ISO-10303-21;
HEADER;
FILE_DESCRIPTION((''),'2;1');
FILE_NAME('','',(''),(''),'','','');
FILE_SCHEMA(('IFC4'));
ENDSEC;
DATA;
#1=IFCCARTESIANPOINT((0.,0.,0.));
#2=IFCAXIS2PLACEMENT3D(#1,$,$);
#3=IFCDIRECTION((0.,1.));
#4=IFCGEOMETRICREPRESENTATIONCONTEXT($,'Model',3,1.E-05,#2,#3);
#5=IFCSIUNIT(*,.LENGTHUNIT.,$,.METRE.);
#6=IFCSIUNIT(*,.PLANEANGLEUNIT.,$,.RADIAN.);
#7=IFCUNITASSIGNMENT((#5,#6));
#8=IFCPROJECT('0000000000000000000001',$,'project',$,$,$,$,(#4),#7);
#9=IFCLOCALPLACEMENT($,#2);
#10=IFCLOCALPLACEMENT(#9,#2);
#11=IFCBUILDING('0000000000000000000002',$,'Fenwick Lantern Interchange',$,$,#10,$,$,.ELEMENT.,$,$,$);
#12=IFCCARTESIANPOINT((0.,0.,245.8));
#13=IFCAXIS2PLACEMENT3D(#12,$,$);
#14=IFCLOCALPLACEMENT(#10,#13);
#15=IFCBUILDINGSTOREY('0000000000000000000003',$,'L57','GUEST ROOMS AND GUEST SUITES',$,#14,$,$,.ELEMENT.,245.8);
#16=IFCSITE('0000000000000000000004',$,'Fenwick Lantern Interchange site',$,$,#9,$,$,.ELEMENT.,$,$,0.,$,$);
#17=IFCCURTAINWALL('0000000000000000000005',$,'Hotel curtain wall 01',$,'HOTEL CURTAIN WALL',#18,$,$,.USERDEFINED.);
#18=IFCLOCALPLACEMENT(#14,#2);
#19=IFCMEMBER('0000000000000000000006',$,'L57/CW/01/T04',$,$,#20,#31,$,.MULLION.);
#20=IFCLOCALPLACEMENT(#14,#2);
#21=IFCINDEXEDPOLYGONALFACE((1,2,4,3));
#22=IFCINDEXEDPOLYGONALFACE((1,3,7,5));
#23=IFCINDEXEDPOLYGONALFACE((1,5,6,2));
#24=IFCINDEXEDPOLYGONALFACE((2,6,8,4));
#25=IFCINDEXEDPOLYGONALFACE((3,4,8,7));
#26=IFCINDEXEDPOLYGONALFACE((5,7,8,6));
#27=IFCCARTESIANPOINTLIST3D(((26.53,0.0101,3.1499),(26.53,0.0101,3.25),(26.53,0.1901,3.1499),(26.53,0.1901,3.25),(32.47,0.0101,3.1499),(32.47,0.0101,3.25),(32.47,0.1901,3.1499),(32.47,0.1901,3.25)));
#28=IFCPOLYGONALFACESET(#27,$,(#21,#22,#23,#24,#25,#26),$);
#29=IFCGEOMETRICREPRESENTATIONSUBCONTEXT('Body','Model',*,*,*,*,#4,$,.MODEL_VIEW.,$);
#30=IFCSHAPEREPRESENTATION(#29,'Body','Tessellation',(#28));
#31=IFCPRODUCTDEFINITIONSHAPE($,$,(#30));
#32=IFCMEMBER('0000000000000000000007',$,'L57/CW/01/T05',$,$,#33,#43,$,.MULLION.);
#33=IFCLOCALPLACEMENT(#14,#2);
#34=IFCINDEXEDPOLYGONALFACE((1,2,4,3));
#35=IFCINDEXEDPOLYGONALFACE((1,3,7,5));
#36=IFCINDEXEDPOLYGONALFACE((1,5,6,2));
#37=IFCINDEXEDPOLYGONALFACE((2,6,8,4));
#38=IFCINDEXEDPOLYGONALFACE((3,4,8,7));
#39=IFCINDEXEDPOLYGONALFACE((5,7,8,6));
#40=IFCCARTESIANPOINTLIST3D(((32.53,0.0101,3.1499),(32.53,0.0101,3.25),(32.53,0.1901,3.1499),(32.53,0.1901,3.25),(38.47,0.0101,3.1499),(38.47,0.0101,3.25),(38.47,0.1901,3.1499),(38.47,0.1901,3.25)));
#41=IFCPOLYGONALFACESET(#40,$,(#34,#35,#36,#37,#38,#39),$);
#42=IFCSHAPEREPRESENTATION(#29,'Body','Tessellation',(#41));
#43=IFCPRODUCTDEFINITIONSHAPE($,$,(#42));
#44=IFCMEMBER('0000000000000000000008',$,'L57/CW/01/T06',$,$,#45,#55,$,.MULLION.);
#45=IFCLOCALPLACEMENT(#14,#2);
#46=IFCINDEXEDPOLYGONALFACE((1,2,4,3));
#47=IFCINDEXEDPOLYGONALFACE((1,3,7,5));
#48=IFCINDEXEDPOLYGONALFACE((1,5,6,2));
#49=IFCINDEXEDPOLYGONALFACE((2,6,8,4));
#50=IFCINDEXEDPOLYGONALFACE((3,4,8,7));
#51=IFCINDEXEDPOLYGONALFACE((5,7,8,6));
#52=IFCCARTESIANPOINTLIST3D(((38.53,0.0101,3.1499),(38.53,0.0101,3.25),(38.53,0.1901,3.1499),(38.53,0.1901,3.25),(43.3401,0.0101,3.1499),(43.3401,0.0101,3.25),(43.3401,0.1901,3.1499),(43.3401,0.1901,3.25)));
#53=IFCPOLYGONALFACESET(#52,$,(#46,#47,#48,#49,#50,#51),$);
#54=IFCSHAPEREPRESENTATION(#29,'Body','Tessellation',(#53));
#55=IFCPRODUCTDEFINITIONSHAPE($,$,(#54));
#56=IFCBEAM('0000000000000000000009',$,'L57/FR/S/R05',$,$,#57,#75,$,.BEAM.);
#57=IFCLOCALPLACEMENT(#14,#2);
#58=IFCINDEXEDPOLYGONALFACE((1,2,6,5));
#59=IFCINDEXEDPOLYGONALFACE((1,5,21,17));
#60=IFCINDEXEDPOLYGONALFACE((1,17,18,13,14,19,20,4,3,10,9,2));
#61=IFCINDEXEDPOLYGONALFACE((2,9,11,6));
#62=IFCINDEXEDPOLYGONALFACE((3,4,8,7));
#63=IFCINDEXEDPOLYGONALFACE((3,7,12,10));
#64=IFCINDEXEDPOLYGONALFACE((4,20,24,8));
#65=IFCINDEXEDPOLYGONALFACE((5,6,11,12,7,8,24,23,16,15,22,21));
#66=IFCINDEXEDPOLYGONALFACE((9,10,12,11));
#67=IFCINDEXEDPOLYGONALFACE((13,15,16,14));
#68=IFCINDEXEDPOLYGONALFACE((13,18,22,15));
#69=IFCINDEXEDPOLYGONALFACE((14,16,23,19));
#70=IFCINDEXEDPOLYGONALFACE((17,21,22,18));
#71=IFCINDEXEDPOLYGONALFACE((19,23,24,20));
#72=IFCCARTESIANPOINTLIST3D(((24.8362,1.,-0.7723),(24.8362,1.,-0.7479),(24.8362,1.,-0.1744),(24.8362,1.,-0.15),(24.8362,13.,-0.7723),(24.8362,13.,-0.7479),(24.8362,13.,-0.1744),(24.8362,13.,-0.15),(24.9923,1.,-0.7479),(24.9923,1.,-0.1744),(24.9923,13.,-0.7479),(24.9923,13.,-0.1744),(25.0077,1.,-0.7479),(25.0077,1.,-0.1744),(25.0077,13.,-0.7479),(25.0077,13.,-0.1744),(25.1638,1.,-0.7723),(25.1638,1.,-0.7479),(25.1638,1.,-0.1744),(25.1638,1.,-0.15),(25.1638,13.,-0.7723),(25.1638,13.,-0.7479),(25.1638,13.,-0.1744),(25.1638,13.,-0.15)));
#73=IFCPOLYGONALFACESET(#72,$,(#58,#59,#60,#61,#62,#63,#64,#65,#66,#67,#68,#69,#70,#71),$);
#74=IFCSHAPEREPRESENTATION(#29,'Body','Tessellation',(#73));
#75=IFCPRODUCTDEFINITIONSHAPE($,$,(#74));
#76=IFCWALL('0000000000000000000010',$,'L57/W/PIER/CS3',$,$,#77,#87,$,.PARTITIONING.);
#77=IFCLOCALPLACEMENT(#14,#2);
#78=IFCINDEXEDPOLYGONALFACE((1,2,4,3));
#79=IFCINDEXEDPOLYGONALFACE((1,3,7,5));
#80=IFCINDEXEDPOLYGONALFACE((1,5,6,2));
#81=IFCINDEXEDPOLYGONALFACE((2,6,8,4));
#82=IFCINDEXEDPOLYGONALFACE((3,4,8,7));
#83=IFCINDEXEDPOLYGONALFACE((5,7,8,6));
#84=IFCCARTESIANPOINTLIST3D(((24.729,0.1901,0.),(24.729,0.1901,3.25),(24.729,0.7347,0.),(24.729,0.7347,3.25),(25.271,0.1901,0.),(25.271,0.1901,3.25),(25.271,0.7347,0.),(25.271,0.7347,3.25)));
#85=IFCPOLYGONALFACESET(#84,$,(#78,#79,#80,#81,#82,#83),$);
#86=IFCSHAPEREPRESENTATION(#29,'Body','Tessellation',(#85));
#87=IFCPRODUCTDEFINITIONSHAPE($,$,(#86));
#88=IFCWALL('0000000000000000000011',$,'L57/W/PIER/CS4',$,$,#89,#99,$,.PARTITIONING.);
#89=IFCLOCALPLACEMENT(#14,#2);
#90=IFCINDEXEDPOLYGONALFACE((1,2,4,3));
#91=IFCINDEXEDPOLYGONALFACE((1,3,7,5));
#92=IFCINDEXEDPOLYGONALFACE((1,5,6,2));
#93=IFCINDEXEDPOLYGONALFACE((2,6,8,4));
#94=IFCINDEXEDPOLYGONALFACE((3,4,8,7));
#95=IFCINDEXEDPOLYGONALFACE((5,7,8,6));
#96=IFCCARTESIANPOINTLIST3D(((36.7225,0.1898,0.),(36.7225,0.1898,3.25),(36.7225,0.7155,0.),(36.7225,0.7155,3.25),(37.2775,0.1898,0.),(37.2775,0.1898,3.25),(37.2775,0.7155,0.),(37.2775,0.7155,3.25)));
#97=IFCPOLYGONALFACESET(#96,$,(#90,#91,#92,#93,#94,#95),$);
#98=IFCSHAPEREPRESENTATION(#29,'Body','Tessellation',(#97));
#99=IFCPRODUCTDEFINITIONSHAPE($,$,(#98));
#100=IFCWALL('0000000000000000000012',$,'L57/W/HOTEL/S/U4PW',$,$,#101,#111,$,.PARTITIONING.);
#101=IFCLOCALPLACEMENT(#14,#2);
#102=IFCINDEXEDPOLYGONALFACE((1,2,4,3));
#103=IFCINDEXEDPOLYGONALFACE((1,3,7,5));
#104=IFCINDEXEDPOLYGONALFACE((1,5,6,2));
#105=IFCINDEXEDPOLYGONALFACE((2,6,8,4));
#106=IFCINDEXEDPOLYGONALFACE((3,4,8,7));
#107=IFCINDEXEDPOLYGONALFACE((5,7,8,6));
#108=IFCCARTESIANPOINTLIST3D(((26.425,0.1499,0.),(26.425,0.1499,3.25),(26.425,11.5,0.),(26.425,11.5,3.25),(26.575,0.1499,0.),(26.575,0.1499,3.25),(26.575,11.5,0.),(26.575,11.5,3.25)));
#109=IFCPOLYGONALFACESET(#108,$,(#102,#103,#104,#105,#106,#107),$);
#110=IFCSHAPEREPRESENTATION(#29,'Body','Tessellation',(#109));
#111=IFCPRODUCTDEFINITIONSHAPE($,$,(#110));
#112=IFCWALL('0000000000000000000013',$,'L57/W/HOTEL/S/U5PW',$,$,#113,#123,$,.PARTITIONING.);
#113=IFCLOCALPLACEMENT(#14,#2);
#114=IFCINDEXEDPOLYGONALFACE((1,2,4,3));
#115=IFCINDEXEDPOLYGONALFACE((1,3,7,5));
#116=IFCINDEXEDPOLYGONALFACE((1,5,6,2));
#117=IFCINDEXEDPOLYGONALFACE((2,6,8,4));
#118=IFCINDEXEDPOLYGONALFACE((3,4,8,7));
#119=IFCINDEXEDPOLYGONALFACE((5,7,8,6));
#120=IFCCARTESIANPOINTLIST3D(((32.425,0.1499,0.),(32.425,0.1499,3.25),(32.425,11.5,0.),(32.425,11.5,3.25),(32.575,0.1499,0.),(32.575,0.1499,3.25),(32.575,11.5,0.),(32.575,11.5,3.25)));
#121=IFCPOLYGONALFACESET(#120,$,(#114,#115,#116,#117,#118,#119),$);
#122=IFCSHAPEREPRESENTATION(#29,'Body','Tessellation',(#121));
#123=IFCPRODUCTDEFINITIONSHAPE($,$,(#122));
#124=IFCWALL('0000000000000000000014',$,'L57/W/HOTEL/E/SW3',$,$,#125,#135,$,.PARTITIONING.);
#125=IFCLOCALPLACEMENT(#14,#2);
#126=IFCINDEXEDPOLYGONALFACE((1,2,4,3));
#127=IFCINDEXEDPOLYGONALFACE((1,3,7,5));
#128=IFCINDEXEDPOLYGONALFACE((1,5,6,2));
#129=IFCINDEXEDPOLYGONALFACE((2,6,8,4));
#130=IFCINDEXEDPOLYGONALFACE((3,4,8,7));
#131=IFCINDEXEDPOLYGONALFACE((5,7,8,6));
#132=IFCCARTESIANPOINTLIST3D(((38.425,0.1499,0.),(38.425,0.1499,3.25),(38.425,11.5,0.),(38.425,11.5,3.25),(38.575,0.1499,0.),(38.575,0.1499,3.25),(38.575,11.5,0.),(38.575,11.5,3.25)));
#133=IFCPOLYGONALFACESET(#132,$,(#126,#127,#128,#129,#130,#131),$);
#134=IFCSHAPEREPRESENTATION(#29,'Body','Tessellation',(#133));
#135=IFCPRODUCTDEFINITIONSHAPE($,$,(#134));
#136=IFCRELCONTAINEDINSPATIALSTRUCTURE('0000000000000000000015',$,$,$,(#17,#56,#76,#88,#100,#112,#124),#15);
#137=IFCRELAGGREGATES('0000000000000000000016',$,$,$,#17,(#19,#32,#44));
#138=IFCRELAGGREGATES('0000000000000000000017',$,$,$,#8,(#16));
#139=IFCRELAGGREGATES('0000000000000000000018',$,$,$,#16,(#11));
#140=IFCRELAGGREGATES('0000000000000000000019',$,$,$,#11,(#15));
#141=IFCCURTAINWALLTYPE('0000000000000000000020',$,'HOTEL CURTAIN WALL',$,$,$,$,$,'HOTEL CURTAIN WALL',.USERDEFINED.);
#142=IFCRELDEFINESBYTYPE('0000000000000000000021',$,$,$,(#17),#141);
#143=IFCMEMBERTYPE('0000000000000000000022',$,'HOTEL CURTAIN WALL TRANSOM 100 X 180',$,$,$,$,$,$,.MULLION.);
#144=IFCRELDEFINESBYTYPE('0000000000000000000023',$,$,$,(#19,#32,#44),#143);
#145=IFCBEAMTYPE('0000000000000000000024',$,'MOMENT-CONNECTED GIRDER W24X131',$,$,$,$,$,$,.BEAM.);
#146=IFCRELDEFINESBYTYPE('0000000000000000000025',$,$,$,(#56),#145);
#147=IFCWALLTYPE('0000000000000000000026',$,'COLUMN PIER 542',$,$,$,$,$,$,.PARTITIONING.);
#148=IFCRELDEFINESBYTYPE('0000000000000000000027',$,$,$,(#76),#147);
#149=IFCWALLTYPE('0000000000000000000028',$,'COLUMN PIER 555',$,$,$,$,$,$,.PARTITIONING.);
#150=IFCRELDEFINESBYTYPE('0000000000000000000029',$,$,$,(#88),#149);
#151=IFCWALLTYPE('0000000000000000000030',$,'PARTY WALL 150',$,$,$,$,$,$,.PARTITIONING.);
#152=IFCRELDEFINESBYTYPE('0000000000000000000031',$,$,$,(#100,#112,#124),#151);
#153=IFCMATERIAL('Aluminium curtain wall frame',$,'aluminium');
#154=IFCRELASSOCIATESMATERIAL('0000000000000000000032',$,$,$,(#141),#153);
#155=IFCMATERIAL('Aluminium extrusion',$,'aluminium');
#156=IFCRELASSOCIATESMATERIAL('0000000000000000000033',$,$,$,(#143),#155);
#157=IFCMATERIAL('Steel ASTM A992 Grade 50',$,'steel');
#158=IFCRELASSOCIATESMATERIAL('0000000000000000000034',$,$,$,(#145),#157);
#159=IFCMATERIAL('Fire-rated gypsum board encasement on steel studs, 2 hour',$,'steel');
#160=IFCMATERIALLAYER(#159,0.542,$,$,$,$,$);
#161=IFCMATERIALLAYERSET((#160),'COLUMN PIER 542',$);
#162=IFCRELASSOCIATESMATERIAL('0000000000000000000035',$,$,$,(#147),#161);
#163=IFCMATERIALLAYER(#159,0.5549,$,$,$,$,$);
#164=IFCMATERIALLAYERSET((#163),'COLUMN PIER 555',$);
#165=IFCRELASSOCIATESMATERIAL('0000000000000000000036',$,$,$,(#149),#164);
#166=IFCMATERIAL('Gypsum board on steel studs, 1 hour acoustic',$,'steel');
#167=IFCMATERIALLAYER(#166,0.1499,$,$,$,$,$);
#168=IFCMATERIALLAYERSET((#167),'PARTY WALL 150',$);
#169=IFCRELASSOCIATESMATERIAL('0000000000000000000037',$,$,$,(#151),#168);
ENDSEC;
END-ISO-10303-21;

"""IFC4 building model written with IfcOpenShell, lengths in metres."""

from ifc_helpers import new_model, si_unit, direction, frame, frame_2d, origin, origin_2d, place, context, subcontext, project, spatial, rectangle, i_section, extrude, material, layer, layer_set, material_profile, profile_set, type_object, element, aggregate, save


model = new_model("IFC4")

# Units and contexts
model_context = context("Model", 3, precision=1e-05, world=origin(), true_north=direction((0.0, 1.0)))
body_context = subcontext(model_context, "Body", "Model", "MODEL_VIEW")
ifc_project = project(units=[si_unit("LENGTHUNIT", "METRE"), si_unit("PLANEANGLEUNIT", "RADIAN")], contexts=[model_context])

# Site, building, storey
site_placement = place(None, origin())
site = spatial("IfcSite", under=ifc_project, at=site_placement, Name="Fenwick Lantern Interchange site", CompositionType="ELEMENT", RefElevation=0.0)
building_placement = place(site_placement, origin())
building = spatial("IfcBuilding", under=site, at=building_placement, Name="Fenwick Lantern Interchange", CompositionType="ELEMENT")
storey_placement = place(building_placement, frame((0.0, 0.0, 245.8)))
storey = spatial("IfcBuildingStorey", under=building, at=storey_placement, Name="L57", Description="GUEST ROOMS AND GUEST SUITES", CompositionType="ELEMENT", Elevation=245.8)

# Shared definitions
ifc_material_1 = material(Name="Steel ASTM A992 Grade 50", Category="steel")

# Curtain wall, members
ifc_material_2 = material(Name="Aluminium curtain wall frame", Category="aluminium")
curtain_wall_type = type_object("IfcCurtainWallType", Name="HOTEL CURTAIN WALL", ElementType="HOTEL CURTAIN WALL", PredefinedType="USERDEFINED", material=ifc_material_2)
curtain_wall_placement = place(storey_placement, origin())
curtain_wall = element("IfcCurtainWall", 1, at=curtain_wall_placement, inside=storey, type_object=curtain_wall_type, Name="Hotel curtain wall 01", ObjectType="HOTEL CURTAIN WALL", PredefinedType="USERDEFINED")
ifc_material_3 = material(Name="Aluminium extrusion", Category="aluminium")
ifc_material_profile_1 = material_profile(ifc_material_3, rectangle(XDim=0.1799, YDim=0.1001, at=origin_2d()), Name="HOTEL CURTAIN WALL TRANSOM 100 X 180")
ifc_profile_set_1 = profile_set([ifc_material_profile_1], Name="Aluminium extrusion")
member_type_1 = type_object("IfcMemberType", Name="HOTEL CURTAIN WALL TRANSOM 100 X 180", PredefinedType="MULLION", material=ifc_profile_set_1)
member_1_placement = place(storey_placement, frame((26.53, 0.1001, 3.2), z_axis=(1.0, 0.0, 0.0), x_axis=(0.0, 1.0, 0.0)))
member_1 = element("IfcMember", 2, at=member_1_placement, type_object=member_type_1, Name="L57/CW/01/T04", PredefinedType="MULLION", context=body_context, shape_type="SweptSolid", body=[
    extrude(rectangle(XDim=0.1799, YDim=0.1001, at=origin_2d()), origin(), (0.0, 0.0, 1.0), 5.9399),
])
member_2_placement = place(storey_placement, frame((32.53, 0.1001, 3.2), z_axis=(1.0, 0.0, 0.0), x_axis=(0.0, 1.0, 0.0)))
member_2 = element("IfcMember", 3, at=member_2_placement, type_object=member_type_1, Name="L57/CW/01/T05", PredefinedType="MULLION", context=body_context, shape_type="SweptSolid", body=[
    extrude(rectangle(XDim=0.1799, YDim=0.1001, at=origin_2d()), origin(), (0.0, 0.0, 1.0), 5.9399),
])
member_3_placement = place(storey_placement, frame((38.53, 0.1001, 3.2), z_axis=(1.0, 0.0, 0.0), x_axis=(0.0, 1.0, 0.0)))
member_3 = element("IfcMember", 4, at=member_3_placement, type_object=member_type_1, Name="L57/CW/01/T06", PredefinedType="MULLION", context=body_context, shape_type="SweptSolid", body=[
    extrude(rectangle(XDim=0.1799, YDim=0.1001, at=origin_2d()), origin(), (0.0, 0.0, 1.0), 4.8101),
])
aggregate(curtain_wall, [member_1, member_2, member_3])

# Beam
ifc_material_profile_2 = material_profile(ifc_material_1, i_section(OverallWidth=0.3276, OverallDepth=0.6223, WebThickness=0.0154, FlangeThickness=0.0244, at=origin_2d()), Name="W24X131")
ifc_profile_set_2 = profile_set([ifc_material_profile_2], Name="Steel ASTM A992 Grade 50")
beam_type_1 = type_object("IfcBeamType", Name="MOMENT-CONNECTED GIRDER W24X131", PredefinedType="BEAM", material=ifc_profile_set_2)
beam_1_placement = place(storey_placement, frame((25.0, 1.0, -0.4612), z_axis=(0.0, 1.0, 0.0), x_axis=(-1.0, 0.0, 0.0)))
element("IfcBeam", 5, at=beam_1_placement, inside=storey, type_object=beam_type_1, Name="L57/FR/S/R05", PredefinedType="BEAM", context=body_context, shape_type="SweptSolid", body=[
    extrude(i_section(OverallWidth=0.3276, OverallDepth=0.6223, WebThickness=0.0154, FlangeThickness=0.0244, at=origin_2d()), origin(), (0.0, 0.0, 1.0), 12.0),
])

# Walls
ifc_material_4 = material(Name="Fire-rated gypsum board encasement on steel studs, 2 hour", Category="steel")
ifc_layer_1 = layer(ifc_material_4, 0.542)
ifc_layer_set_1 = layer_set([ifc_layer_1], Name="COLUMN PIER 542")
wall_type_1 = type_object("IfcWallType", Name="COLUMN PIER 542", PredefinedType="PARTITIONING", material=ifc_layer_set_1)
wall_1_placement = place(storey_placement, frame((25.0, 0.1899, 0.0), z_axis=(0.0, 0.0, 1.0), x_axis=(0.0, 1.0, 0.0)))
element("IfcWall", 6, at=wall_1_placement, inside=storey, type_object=wall_type_1, Name="L57/W/PIER/CS3", PredefinedType="PARTITIONING", context=body_context, shape_type="SweptSolid", body=[
    extrude(rectangle(XDim=0.5447, YDim=0.542, at=frame_2d((0.2725, 0.0))), origin(), (0.0, 0.0, 1.0), 3.25),
])
ifc_layer_2 = layer(ifc_material_4, 0.5549)
ifc_layer_set_2 = layer_set([ifc_layer_2], Name="COLUMN PIER 555")
wall_type_2 = type_object("IfcWallType", Name="COLUMN PIER 555", PredefinedType="PARTITIONING", material=ifc_layer_set_2)
wall_2_placement = place(storey_placement, frame((37.0, 0.1899, 0.0), z_axis=(0.0, 0.0, 1.0), x_axis=(0.0, 1.0, 0.0)))
element("IfcWall", 7, at=wall_2_placement, inside=storey, type_object=wall_type_2, Name="L57/W/PIER/CS4", PredefinedType="PARTITIONING", context=body_context, shape_type="SweptSolid", body=[
    extrude(rectangle(XDim=0.5256, YDim=0.5549, at=frame_2d((0.2627, 0.0))), origin(), (0.0, 0.0, 1.0), 3.25),
])
ifc_material_5 = material(Name="Gypsum board on steel studs, 1 hour acoustic", Category="steel")
ifc_layer_3 = layer(ifc_material_5, 0.1499)
ifc_layer_set_3 = layer_set([ifc_layer_3], Name="PARTY WALL 150")
wall_type_3 = type_object("IfcWallType", Name="PARTY WALL 150", PredefinedType="PARTITIONING", material=ifc_layer_set_3)
for number, where, z_axis, x_axis, name in (
    (8, (26.5, 0.1499, 0.0), (0.0, 0.0, 1.0), (0.0, 1.0, 0.0), "L57/W/HOTEL/S/U4PW"),
    (9, (32.5, 0.1499, 0.0), (0.0, 0.0, 1.0), (0.0, 1.0, 0.0), "L57/W/HOTEL/S/U5PW"),
    (10, (38.5, 0.1499, 0.0), (0.0, 0.0, 1.0), (0.0, 1.0, 0.0), "L57/W/HOTEL/E/SW3"),
):
    element("IfcWall", number, at=place(storey_placement, frame(where, z_axis=z_axis, x_axis=x_axis)), inside=storey, type_object=wall_type_3, Name=name, PredefinedType="PARTITIONING", context=body_context, shape_type="SweptSolid", body=[
        extrude(rectangle(XDim=11.3501, YDim=0.1499, at=frame_2d((5.675, 0.0))), origin(), (0.0, 0.0, 1.0), 3.25),
    ])

save(model, "model.ifc")
